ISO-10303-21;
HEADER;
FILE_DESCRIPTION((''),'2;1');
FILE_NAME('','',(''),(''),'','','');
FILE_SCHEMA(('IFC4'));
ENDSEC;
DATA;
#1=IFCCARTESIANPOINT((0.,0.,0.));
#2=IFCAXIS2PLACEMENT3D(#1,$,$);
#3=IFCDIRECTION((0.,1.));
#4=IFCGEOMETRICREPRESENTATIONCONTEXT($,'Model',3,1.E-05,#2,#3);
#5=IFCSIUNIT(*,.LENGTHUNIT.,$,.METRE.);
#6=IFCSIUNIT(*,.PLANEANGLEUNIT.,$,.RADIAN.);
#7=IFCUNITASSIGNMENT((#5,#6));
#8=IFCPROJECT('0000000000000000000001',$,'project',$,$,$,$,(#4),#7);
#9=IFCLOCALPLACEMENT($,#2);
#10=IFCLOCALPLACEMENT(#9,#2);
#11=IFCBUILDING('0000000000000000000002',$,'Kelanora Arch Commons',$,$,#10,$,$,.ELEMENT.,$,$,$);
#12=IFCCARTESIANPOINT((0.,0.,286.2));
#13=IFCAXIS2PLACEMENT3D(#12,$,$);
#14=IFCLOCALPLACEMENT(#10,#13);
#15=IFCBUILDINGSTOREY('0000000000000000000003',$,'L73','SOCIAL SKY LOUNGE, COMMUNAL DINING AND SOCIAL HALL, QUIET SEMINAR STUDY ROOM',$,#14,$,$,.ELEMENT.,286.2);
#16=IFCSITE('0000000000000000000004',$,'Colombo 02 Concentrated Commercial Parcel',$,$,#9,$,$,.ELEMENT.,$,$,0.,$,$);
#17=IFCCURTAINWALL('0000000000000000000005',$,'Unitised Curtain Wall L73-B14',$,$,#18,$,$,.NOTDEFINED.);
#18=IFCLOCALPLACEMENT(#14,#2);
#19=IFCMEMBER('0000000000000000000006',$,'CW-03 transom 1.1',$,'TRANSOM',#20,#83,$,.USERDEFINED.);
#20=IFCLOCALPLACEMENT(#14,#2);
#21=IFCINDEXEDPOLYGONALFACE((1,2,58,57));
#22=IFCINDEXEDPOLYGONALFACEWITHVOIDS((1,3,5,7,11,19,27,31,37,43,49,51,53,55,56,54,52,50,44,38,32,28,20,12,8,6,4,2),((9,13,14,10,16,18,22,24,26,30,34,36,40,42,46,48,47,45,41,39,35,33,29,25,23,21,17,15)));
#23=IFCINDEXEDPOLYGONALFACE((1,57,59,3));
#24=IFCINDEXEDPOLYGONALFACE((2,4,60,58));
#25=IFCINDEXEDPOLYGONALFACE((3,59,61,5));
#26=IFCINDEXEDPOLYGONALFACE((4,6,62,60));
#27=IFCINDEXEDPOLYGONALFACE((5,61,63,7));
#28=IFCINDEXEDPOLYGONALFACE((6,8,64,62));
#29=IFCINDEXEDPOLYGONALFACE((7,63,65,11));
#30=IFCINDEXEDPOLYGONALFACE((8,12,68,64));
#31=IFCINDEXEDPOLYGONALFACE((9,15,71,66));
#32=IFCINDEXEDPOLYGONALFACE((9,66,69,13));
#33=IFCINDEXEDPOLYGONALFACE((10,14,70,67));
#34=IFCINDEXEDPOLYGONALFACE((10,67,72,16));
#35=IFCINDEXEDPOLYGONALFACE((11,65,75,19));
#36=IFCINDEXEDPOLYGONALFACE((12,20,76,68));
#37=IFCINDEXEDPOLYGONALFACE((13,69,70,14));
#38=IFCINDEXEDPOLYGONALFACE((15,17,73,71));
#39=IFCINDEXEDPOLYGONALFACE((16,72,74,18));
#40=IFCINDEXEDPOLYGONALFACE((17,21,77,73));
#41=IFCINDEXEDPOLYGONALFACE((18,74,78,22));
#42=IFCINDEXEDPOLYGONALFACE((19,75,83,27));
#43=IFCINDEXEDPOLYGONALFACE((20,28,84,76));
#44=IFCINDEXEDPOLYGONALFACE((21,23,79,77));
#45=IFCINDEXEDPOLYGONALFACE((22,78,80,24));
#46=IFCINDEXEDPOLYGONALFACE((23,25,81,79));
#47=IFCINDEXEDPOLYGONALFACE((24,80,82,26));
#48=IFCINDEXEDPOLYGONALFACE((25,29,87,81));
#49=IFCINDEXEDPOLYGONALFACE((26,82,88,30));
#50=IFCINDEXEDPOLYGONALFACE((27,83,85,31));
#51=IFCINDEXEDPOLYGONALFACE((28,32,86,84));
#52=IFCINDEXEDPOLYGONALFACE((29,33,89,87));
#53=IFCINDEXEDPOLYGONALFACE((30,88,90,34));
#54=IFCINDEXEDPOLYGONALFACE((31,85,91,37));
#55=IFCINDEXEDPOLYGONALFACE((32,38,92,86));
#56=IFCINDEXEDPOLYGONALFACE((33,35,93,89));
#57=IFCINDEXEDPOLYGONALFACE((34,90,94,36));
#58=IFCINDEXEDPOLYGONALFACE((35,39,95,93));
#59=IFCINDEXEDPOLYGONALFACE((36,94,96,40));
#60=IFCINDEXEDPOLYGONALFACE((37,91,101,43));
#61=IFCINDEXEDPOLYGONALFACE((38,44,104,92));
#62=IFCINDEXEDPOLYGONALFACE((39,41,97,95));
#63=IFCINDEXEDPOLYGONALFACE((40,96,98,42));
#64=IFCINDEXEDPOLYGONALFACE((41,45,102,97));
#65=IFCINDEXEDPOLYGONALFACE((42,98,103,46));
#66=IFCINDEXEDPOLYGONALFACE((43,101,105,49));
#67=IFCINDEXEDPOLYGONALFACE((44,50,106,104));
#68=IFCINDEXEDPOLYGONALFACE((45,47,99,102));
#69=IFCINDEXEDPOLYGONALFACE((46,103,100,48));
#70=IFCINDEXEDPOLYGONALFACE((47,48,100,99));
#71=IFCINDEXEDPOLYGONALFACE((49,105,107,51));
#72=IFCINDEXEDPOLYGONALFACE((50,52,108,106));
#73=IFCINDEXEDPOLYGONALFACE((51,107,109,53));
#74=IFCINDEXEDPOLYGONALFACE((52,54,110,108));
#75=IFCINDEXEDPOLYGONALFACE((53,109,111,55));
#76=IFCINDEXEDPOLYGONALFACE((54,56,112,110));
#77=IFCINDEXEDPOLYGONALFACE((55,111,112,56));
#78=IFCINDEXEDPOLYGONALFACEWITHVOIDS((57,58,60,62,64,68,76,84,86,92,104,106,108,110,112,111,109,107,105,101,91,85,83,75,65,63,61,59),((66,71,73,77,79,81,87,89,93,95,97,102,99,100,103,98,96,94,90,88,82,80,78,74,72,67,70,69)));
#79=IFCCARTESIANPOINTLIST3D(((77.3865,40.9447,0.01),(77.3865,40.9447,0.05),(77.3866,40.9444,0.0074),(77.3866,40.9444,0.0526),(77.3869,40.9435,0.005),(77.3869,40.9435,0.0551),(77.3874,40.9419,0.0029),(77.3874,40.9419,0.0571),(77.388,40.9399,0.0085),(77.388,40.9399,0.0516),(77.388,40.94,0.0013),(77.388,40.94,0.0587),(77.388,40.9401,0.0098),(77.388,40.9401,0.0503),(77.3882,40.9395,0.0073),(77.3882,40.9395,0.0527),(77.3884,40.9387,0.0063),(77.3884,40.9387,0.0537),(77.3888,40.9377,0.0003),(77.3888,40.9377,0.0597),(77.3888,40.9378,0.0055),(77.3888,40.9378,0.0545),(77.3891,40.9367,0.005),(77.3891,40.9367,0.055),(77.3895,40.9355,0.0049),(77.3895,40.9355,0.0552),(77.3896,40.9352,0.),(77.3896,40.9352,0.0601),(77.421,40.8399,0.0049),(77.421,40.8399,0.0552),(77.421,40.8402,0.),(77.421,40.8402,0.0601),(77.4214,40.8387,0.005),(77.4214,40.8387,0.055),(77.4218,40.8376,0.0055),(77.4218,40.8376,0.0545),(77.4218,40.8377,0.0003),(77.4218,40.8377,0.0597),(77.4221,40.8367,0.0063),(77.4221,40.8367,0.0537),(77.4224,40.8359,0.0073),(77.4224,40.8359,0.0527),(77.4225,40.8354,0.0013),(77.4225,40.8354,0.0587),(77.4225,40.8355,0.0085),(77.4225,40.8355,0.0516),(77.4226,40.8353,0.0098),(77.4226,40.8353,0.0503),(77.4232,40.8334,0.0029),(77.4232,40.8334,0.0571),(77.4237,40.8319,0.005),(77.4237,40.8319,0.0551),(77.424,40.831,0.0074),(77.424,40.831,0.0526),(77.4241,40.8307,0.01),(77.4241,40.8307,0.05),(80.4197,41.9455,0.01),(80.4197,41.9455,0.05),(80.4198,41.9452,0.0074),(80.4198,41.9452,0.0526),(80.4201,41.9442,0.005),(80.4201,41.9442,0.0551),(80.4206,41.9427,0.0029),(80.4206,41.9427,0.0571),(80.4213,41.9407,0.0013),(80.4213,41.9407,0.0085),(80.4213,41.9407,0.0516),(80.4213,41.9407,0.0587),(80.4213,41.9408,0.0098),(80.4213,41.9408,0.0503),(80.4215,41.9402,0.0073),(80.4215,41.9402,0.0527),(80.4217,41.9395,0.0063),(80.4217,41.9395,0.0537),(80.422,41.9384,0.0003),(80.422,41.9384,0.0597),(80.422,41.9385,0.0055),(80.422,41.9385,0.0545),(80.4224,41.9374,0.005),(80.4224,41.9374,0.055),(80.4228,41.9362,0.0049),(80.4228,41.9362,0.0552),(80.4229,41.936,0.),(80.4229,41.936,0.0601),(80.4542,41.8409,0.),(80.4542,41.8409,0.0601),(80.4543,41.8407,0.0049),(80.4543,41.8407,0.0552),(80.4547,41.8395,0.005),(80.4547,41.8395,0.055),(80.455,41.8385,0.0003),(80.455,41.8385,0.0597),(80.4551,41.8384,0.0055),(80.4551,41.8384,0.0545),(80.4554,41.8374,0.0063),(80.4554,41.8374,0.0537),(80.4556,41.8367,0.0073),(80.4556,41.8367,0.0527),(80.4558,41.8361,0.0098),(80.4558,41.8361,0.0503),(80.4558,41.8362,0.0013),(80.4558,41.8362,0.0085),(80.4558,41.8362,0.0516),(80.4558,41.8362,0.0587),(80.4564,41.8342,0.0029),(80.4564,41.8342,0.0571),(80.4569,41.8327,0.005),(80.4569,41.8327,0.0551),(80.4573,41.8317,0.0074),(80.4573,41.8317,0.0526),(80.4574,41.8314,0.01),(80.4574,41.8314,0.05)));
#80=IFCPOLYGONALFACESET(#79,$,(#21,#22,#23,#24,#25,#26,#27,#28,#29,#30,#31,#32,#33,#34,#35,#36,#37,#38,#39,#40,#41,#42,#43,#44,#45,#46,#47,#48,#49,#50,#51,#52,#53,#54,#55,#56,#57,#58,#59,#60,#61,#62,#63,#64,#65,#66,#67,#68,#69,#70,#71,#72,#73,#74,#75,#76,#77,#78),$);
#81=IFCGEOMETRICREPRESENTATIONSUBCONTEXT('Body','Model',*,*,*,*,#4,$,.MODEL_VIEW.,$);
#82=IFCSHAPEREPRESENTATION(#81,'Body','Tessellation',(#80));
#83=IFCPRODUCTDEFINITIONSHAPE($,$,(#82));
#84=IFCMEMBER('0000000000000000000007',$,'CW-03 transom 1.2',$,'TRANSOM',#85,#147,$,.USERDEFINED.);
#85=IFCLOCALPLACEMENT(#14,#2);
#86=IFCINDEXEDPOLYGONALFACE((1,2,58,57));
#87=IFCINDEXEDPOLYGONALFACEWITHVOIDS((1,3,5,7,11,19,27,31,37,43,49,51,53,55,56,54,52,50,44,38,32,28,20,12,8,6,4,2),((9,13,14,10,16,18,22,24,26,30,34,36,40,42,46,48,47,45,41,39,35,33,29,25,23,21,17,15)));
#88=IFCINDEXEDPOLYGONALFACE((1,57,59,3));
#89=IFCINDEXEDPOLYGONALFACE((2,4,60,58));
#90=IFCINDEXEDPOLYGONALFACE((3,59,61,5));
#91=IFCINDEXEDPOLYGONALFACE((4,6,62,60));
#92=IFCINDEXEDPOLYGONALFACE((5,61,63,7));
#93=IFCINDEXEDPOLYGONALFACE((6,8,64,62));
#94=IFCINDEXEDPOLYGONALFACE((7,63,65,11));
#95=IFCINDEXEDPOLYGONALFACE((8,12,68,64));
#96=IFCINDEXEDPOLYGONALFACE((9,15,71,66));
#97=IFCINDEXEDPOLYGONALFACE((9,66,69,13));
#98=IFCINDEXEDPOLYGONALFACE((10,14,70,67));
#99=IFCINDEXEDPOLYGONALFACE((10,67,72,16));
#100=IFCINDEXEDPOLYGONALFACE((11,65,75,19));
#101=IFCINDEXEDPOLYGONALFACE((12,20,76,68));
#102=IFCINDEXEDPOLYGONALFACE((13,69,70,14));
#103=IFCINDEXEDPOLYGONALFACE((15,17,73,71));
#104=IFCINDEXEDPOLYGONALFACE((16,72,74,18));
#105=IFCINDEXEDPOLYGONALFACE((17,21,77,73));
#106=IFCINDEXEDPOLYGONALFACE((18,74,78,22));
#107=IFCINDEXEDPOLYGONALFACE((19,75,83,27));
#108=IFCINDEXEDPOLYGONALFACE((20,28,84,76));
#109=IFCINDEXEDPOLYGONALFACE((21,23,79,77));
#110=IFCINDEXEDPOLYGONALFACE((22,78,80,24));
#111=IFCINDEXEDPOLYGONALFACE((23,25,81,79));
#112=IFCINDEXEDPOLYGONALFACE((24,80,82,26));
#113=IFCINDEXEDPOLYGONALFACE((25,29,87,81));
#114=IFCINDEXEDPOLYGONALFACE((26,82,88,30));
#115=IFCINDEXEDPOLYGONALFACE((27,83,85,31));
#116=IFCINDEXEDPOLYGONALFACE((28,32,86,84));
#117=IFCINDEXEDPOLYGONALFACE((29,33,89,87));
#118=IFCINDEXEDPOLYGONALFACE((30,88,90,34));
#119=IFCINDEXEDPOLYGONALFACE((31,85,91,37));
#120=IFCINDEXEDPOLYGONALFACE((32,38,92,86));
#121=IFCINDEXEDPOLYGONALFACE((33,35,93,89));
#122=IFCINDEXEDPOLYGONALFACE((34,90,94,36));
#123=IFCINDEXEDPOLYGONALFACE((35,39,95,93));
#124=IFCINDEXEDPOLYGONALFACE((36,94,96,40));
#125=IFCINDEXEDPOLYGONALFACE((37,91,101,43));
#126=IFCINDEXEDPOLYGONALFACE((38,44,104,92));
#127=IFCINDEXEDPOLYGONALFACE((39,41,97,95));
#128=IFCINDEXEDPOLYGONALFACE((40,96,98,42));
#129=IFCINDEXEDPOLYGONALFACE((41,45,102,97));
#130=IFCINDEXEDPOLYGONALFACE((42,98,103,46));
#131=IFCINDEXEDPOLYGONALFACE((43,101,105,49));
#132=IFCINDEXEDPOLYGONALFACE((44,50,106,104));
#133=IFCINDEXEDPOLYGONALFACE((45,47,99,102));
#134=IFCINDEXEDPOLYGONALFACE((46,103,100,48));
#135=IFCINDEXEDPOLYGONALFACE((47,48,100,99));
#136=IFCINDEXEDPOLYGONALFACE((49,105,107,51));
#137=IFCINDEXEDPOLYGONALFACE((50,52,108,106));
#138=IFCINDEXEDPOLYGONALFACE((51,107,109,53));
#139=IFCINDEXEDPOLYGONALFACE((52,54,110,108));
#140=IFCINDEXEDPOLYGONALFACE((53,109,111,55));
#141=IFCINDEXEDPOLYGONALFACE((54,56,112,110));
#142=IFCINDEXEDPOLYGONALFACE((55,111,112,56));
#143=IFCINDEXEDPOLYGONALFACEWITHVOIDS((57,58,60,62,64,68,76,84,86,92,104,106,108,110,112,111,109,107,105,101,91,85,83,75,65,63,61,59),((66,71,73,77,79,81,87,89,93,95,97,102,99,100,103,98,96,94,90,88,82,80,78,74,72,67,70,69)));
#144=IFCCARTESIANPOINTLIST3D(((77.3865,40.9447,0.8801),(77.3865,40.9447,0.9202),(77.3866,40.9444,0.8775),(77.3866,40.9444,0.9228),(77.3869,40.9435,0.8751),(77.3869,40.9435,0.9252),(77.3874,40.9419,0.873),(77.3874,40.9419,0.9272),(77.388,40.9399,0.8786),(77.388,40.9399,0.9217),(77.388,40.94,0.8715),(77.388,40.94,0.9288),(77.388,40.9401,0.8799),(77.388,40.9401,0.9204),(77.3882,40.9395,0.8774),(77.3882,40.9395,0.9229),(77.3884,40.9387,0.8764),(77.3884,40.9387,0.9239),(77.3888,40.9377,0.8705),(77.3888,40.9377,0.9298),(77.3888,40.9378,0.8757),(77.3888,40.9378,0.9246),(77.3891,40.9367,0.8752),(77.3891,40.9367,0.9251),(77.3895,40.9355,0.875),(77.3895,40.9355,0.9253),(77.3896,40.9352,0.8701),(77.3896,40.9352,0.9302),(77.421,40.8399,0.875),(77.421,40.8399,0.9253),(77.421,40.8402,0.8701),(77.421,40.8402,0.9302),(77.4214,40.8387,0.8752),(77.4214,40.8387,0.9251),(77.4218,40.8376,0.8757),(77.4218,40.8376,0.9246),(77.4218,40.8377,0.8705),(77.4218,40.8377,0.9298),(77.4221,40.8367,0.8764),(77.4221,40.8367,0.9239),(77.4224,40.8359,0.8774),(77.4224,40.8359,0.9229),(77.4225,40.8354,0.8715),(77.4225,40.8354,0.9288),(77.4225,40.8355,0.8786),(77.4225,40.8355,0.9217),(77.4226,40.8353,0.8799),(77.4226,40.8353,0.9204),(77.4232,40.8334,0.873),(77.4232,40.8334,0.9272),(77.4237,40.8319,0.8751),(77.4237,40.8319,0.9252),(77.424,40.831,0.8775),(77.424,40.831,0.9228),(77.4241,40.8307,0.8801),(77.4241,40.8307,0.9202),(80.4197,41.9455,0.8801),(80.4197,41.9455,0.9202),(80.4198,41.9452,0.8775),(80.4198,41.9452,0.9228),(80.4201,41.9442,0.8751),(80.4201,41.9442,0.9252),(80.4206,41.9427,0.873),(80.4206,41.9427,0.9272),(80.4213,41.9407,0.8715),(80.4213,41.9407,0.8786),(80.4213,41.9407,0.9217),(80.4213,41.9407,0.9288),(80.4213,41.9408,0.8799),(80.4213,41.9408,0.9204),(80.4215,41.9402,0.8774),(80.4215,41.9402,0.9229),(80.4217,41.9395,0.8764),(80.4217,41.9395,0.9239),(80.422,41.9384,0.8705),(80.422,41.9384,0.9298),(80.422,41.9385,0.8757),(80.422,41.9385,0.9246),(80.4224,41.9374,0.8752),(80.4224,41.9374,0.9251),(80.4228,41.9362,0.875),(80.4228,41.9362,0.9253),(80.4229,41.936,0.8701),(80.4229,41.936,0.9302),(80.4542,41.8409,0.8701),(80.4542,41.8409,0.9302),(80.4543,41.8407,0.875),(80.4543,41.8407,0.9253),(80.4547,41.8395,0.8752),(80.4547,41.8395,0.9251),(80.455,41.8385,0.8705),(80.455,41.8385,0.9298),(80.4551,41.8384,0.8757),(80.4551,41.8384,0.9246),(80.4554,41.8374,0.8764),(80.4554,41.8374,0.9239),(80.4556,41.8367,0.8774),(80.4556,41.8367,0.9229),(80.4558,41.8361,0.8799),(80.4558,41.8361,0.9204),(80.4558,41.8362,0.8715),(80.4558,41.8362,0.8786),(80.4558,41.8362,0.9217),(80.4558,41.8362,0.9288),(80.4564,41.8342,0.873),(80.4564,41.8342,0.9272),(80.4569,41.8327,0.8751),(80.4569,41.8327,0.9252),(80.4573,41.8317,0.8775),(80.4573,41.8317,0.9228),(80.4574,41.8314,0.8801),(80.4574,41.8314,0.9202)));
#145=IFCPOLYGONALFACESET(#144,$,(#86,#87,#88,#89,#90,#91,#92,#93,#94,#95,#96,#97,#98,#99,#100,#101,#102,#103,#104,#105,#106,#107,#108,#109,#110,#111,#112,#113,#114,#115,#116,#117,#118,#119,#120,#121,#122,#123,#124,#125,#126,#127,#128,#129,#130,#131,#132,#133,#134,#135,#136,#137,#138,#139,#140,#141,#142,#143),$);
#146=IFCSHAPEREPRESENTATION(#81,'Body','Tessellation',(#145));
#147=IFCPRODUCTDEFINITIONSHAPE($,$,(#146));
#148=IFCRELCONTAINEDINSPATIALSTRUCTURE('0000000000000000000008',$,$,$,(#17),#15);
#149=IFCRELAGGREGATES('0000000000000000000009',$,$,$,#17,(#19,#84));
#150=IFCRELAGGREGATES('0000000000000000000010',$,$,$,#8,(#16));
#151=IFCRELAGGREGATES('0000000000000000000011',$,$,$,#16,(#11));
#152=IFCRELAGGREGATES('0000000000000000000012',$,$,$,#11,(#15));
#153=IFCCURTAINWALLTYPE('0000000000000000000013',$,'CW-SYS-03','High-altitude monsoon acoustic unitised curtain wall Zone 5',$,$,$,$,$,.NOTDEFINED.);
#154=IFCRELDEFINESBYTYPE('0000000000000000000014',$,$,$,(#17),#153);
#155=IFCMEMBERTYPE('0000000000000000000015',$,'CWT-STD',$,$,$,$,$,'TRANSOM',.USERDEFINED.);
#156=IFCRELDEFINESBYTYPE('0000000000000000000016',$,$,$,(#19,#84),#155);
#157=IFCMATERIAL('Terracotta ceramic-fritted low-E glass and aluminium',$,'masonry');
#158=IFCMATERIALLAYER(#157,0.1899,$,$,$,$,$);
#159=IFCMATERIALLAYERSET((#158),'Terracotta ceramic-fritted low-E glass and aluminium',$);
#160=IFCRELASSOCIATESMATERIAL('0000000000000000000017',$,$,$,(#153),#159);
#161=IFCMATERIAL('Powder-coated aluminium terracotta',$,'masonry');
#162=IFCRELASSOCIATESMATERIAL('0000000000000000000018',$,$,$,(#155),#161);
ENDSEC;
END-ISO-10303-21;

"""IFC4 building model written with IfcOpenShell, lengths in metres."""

from ifc_helpers import new_model, si_unit, direction, frame, origin, origin_2d, place, context, subcontext, project, spatial, hollow_rectangle, extrude, material, layer, layer_set, material_profile, profile_set, type_object, element, aggregate, save


model = new_model("IFC4")

# Units and contexts
model_context = context("Model", 3, precision=1e-05, world=origin(), true_north=direction((0.0, 1.0)))
body_context = subcontext(model_context, "Body", "Model", "MODEL_VIEW")
ifc_project = project(units=[si_unit("LENGTHUNIT", "METRE"), si_unit("PLANEANGLEUNIT", "RADIAN")], contexts=[model_context])

# Site, building, storey
site_placement = place(None, origin())
site = spatial("IfcSite", under=ifc_project, at=site_placement, Name="Colombo 02 Concentrated Commercial Parcel", CompositionType="ELEMENT", RefElevation=0.0)
building_placement = place(site_placement, origin())
building = spatial("IfcBuilding", under=site, at=building_placement, Name="Kelanora Arch Commons", CompositionType="ELEMENT")
storey_placement = place(building_placement, frame((0.0, 0.0, 286.2)))
storey = spatial("IfcBuildingStorey", under=building, at=storey_placement, Name="L73", Description="SOCIAL SKY LOUNGE, COMMUNAL DINING AND SOCIAL HALL, QUIET SEMINAR STUDY ROOM", CompositionType="ELEMENT", Elevation=286.2)

# Curtain wall, members
ifc_material_1 = material(Name="Terracotta ceramic-fritted low-E glass and aluminium", Category="masonry")
ifc_layer_1 = layer(ifc_material_1, 0.1899)
ifc_layer_set_1 = layer_set([ifc_layer_1], Name="Terracotta ceramic-fritted low-E glass and aluminium")
curtain_wall_type = type_object("IfcCurtainWallType", Name="CW-SYS-03", Description="High-altitude monsoon acoustic unitised curtain wall Zone 5", PredefinedType="NOTDEFINED", material=ifc_layer_set_1)
curtain_wall_placement = place(storey_placement, origin())
curtain_wall = element("IfcCurtainWall", 1, at=curtain_wall_placement, inside=storey, type_object=curtain_wall_type, Name="Unitised Curtain Wall L73-B14", PredefinedType="NOTDEFINED")
ifc_material_2 = material(Name="Powder-coated aluminium terracotta", Category="masonry")
ifc_material_profile_1 = material_profile(ifc_material_2, hollow_rectangle(XDim=0.1201, YDim=0.0601, WallThickness=0.0049, InnerFilletRadius=0.0049, OuterFilletRadius=0.01, at=origin_2d()), Name="CWT120x60")
ifc_profile_set_1 = profile_set([ifc_material_profile_1], Name="Powder-coated aluminium terracotta")
member_type_1 = type_object("IfcMemberType", Name="CWT-STD", ElementType="TRANSOM", PredefinedType="USERDEFINED", material=ifc_profile_set_1)
member_1_placement = place(storey_placement, frame((77.4053, 40.8877, 0.03), z_axis=(0.94965, 0.313314, 0.0), x_axis=(-0.313314, 0.94965, 0.0)))
member_1 = element("IfcMember", 2, at=member_1_placement, type_object=member_type_1, Name="CW-03 transom 1.1", ObjectType="TRANSOM", PredefinedType="USERDEFINED", context=body_context, shape_type="SweptSolid", body=[
    extrude(hollow_rectangle(XDim=0.1201, YDim=0.0601, WallThickness=0.0049, InnerFilletRadius=0.0049, OuterFilletRadius=0.01, at=origin_2d()), origin(), (0.0, 0.0, 1.0), 3.1941),
])
member_2_placement = place(storey_placement, frame((77.4053, 40.8877, 0.9001), z_axis=(0.94965, 0.313314, 0.0), x_axis=(-0.313314, 0.94965, 0.0)))
member_2 = element("IfcMember", 3, at=member_2_placement, type_object=member_type_1, Name="CW-03 transom 1.2", ObjectType="TRANSOM", PredefinedType="USERDEFINED", context=body_context, shape_type="SweptSolid", body=[
    extrude(hollow_rectangle(XDim=0.1201, YDim=0.0601, WallThickness=0.0049, InnerFilletRadius=0.0049, OuterFilletRadius=0.01, at=origin_2d()), origin(), (0.0, 0.0, 1.0), 3.1941),
])
aggregate(curtain_wall, [member_1, member_2])

save(model, "model.ifc")
